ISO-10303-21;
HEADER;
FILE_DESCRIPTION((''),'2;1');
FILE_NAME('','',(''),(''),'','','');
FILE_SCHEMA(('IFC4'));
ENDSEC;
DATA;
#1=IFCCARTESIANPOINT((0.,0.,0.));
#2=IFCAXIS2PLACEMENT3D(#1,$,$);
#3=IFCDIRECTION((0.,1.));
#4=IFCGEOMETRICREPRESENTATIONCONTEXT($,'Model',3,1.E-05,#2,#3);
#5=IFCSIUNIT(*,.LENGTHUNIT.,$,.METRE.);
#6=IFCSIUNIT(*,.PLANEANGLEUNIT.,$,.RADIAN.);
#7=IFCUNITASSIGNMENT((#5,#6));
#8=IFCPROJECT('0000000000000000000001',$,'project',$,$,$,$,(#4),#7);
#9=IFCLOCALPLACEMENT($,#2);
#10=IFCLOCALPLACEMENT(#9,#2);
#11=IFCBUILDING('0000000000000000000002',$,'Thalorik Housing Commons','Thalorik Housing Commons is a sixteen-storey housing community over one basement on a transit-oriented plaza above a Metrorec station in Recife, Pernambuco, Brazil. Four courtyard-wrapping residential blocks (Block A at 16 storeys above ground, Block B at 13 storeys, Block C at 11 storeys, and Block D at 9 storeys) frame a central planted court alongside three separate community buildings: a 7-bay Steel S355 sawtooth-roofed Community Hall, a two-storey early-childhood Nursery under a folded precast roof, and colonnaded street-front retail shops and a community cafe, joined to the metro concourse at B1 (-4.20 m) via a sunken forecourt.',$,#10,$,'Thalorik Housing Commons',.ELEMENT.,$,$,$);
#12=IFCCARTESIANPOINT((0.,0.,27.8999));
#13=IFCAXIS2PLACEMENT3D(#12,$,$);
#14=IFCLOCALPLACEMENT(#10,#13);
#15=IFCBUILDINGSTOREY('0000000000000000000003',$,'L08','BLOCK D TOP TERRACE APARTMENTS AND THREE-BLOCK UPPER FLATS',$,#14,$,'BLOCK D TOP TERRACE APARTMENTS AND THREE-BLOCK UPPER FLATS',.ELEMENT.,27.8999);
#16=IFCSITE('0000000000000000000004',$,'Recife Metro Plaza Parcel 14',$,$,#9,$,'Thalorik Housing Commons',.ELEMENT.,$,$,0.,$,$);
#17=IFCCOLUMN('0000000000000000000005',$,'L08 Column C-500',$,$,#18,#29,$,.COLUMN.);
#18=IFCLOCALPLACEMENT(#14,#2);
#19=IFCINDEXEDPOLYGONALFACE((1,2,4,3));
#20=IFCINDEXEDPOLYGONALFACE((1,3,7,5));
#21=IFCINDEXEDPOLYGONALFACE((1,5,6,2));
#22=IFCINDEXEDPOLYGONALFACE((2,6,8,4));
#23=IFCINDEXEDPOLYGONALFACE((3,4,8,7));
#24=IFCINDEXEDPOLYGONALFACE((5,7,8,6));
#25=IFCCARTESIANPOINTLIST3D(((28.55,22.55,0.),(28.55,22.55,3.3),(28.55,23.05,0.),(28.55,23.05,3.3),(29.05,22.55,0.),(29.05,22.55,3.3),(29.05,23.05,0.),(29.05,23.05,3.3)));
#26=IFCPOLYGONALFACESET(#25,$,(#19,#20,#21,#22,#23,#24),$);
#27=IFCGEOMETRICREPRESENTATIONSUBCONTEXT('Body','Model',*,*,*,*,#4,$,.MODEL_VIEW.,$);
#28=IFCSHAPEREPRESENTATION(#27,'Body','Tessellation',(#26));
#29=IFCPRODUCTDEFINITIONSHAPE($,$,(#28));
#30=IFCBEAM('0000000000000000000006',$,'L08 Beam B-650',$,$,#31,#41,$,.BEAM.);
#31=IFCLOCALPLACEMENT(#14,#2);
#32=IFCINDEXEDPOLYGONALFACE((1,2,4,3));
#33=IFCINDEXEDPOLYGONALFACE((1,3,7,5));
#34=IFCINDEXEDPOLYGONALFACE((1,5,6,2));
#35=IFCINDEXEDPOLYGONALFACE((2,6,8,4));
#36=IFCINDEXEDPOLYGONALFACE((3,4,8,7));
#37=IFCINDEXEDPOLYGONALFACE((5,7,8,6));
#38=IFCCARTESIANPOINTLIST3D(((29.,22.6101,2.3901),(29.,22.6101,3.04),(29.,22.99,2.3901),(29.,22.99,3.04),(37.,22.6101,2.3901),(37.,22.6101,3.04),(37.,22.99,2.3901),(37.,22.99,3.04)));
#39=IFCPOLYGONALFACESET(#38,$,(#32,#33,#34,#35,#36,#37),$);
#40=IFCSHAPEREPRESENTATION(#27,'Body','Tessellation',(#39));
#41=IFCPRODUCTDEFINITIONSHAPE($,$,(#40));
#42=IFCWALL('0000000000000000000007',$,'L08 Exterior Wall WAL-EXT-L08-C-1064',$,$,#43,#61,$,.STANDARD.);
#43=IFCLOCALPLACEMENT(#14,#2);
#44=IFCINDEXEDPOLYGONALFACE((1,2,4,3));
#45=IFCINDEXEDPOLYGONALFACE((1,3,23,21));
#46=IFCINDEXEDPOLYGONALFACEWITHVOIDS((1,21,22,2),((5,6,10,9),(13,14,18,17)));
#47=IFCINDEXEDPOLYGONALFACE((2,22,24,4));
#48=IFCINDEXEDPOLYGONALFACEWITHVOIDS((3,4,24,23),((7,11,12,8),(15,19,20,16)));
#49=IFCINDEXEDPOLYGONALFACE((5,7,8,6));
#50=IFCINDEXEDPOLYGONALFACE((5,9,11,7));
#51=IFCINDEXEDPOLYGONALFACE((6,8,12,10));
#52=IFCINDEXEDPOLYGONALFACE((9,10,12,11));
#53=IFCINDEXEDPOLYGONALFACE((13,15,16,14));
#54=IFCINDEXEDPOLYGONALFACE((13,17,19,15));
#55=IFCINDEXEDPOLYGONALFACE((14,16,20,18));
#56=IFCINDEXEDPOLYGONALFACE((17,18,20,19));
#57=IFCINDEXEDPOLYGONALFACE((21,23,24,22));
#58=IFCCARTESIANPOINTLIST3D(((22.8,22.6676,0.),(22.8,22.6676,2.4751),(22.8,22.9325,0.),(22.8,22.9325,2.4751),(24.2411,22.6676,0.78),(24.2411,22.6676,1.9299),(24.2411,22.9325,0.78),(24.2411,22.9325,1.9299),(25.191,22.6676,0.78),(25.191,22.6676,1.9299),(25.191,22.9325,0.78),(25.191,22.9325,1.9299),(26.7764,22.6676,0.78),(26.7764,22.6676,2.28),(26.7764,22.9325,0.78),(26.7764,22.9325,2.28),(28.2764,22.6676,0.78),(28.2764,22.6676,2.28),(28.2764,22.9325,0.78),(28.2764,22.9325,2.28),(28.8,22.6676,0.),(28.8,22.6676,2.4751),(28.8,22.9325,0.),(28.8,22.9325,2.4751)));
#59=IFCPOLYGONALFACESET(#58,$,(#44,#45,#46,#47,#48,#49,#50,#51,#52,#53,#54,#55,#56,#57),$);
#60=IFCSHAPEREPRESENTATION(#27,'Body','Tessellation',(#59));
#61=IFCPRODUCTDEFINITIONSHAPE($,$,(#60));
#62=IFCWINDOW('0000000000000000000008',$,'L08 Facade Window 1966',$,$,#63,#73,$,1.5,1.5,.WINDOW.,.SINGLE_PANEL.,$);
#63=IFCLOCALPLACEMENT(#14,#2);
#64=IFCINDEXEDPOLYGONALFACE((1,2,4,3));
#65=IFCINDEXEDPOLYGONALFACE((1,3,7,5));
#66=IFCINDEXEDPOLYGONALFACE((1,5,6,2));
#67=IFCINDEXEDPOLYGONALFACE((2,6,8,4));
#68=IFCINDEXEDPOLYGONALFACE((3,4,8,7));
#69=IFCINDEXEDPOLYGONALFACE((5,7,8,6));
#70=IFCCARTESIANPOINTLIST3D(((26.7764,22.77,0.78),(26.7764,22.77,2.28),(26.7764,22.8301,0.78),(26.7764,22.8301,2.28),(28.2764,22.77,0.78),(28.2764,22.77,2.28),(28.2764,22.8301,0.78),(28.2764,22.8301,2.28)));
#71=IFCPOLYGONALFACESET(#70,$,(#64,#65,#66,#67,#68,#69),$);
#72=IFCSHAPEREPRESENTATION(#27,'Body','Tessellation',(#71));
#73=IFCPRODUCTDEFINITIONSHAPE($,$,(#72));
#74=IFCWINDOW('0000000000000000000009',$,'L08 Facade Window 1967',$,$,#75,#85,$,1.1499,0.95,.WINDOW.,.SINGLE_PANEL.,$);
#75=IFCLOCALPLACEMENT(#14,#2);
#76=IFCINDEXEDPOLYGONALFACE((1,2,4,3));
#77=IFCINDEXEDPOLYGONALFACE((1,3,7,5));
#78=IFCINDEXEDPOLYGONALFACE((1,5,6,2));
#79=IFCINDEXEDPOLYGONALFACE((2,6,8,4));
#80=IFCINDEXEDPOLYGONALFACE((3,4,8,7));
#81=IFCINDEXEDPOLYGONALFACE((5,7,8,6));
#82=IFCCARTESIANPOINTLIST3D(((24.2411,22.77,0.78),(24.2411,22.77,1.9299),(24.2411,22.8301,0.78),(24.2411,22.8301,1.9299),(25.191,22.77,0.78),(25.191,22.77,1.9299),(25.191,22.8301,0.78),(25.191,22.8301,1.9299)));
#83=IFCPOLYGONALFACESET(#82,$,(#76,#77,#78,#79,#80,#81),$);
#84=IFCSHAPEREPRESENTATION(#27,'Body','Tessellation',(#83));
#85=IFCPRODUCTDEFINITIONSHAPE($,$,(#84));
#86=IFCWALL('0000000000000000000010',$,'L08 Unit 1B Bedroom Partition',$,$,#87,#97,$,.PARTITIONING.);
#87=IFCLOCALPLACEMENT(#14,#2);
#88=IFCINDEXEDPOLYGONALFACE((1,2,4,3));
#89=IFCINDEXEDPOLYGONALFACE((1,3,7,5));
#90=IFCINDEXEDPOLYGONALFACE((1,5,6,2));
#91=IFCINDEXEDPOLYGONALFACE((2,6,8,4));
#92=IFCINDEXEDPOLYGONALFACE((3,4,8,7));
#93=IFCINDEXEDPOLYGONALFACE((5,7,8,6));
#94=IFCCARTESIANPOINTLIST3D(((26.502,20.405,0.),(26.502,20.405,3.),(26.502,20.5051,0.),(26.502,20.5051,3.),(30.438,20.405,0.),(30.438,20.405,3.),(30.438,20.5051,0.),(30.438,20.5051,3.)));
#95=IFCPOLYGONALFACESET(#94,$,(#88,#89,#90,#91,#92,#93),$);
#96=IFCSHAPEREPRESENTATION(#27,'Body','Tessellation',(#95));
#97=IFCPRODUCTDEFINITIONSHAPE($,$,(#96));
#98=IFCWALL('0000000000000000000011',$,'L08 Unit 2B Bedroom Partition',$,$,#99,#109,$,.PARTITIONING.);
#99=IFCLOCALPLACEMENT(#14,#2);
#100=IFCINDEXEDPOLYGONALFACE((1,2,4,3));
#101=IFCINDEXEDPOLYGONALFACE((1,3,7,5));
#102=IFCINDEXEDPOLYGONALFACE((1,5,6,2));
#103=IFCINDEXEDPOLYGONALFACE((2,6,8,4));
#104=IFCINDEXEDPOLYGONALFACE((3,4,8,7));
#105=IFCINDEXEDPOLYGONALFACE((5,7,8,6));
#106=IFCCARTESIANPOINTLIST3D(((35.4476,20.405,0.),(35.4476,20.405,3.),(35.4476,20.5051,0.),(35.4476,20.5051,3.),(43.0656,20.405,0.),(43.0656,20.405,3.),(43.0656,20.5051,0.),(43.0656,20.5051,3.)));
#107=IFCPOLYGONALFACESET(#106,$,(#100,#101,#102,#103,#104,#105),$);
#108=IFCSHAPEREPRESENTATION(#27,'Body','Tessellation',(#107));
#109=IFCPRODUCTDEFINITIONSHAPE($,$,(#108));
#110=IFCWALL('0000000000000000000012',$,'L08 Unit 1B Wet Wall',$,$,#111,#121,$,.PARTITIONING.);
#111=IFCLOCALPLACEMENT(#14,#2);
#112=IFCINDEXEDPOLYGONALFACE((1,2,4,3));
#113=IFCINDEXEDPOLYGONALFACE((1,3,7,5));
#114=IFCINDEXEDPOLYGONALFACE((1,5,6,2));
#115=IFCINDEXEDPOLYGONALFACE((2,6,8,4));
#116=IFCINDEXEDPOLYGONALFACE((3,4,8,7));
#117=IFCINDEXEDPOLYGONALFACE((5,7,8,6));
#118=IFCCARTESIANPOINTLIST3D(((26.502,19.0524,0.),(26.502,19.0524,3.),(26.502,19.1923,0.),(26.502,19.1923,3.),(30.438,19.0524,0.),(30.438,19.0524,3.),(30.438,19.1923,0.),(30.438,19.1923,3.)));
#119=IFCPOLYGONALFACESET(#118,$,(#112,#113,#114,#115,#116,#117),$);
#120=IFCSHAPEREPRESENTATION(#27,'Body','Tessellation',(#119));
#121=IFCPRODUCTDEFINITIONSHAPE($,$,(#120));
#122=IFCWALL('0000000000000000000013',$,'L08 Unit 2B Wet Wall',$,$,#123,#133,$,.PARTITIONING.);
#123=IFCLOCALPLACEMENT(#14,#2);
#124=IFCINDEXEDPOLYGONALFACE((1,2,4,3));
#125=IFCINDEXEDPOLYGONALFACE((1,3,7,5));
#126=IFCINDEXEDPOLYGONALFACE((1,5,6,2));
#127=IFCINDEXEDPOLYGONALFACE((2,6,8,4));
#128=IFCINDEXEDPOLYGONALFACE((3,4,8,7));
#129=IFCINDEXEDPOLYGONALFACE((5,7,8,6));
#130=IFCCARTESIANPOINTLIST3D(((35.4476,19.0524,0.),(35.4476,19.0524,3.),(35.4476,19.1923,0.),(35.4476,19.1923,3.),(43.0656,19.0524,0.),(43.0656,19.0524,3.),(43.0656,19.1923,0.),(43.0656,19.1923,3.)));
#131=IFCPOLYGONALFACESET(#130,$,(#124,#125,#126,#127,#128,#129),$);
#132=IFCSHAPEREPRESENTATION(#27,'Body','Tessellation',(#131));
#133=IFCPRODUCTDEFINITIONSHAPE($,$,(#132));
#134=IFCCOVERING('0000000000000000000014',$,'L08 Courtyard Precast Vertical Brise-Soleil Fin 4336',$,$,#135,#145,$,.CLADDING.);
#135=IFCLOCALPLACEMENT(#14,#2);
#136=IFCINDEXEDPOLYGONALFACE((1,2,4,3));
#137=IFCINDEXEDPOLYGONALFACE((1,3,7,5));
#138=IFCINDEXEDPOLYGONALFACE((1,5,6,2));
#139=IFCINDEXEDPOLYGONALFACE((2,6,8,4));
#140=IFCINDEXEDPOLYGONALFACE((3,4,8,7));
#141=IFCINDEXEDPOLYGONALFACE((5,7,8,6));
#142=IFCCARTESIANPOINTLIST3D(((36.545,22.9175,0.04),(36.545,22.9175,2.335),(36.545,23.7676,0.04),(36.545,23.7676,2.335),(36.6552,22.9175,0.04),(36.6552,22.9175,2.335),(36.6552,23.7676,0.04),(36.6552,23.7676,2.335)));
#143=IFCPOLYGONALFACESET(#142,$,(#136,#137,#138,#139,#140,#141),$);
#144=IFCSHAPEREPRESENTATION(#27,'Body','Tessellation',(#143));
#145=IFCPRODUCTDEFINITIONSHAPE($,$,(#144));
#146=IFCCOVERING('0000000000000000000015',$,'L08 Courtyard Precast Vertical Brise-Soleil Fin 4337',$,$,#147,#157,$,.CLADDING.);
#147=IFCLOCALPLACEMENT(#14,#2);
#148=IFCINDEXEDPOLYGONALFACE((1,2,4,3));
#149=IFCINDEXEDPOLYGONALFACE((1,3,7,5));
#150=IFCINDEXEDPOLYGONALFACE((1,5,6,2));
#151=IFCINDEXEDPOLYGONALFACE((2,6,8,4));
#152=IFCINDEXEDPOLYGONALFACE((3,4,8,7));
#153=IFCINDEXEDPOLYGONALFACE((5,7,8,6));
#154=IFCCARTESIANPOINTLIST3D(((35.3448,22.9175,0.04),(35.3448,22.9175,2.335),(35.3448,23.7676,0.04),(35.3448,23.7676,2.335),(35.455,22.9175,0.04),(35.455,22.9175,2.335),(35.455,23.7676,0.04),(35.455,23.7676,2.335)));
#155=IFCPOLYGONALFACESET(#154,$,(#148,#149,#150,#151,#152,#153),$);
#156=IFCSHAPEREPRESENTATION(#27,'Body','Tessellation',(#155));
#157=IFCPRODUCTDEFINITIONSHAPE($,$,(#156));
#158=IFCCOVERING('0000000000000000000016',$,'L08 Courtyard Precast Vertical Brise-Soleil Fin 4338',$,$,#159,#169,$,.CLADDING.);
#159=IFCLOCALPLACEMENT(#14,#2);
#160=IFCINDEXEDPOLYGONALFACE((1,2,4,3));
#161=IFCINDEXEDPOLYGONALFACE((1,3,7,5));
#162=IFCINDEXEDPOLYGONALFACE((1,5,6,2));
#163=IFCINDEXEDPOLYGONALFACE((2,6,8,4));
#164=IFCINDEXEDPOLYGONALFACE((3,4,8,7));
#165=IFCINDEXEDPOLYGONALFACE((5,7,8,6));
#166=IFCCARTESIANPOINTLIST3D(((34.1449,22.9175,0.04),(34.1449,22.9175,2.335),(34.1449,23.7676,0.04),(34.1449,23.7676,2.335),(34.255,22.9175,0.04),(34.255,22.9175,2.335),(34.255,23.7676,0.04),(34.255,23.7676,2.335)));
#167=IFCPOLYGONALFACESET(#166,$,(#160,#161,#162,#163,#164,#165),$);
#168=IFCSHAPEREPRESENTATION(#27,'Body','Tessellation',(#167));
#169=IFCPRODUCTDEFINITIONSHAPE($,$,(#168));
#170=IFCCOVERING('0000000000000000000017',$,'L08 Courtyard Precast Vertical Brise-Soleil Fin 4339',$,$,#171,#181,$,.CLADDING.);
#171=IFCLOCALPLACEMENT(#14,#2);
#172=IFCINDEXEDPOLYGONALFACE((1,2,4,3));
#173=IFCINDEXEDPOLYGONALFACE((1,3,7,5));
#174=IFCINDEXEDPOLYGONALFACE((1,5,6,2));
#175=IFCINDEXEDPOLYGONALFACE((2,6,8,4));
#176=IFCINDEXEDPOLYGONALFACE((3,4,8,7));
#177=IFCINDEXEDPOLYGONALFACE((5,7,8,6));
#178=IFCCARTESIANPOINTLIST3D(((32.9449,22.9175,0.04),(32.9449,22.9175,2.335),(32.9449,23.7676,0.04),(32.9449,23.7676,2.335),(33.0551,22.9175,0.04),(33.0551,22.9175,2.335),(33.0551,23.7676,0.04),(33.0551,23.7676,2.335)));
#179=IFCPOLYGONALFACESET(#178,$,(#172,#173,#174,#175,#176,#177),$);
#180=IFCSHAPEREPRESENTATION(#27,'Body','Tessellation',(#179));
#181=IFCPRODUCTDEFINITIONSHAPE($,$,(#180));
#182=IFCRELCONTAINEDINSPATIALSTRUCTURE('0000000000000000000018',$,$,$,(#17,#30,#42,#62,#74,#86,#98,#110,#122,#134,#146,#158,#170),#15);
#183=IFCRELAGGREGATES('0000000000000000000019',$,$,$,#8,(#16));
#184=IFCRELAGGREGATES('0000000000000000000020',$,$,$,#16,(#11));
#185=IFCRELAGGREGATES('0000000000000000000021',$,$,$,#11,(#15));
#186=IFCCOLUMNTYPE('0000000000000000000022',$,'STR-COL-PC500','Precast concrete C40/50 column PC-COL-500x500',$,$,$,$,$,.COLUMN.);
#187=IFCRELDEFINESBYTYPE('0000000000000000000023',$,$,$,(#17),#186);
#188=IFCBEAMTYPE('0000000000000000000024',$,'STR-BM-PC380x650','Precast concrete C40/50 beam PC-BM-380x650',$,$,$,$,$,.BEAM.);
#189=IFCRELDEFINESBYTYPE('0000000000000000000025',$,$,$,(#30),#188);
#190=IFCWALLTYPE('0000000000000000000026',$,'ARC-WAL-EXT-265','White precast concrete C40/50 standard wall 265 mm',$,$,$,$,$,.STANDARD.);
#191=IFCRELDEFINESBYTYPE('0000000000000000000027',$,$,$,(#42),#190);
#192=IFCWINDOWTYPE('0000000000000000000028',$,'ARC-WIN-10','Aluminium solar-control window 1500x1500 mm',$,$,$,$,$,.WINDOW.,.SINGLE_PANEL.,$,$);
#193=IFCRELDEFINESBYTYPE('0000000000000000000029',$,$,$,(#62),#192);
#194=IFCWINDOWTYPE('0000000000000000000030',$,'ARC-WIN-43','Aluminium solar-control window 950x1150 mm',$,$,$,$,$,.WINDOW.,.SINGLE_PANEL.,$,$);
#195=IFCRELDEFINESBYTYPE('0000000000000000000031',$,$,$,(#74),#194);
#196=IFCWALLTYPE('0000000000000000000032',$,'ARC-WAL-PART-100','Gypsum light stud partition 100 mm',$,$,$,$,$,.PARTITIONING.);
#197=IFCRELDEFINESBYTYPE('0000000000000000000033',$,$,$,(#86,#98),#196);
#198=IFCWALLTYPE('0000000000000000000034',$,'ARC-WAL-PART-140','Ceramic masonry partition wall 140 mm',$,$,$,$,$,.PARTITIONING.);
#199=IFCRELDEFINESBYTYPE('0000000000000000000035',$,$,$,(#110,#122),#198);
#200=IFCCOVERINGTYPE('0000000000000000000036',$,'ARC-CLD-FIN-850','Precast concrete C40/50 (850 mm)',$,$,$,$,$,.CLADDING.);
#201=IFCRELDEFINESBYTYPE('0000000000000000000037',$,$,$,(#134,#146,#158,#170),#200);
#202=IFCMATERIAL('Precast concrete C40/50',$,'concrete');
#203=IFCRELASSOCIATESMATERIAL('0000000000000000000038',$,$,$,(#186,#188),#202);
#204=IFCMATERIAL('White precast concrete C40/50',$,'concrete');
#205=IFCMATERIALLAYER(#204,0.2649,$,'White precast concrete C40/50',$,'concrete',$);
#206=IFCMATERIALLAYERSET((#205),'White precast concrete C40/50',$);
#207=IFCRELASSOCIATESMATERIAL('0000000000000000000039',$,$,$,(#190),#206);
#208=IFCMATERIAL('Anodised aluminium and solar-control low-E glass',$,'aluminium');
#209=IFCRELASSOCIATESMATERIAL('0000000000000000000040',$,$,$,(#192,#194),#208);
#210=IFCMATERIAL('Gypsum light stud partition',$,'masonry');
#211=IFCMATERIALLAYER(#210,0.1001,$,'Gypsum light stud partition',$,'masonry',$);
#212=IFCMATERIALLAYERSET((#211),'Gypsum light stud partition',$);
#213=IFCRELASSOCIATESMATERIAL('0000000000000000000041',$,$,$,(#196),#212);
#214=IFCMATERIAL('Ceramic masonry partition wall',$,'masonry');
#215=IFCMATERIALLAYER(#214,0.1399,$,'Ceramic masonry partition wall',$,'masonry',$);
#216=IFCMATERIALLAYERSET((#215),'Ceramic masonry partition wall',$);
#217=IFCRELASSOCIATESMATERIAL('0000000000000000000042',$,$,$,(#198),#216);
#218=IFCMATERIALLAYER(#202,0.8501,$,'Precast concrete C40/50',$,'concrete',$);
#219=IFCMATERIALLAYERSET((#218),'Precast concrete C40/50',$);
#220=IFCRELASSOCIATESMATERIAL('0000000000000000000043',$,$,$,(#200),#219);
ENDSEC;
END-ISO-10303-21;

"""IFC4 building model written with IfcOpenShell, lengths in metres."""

from ifc_helpers import new_model, si_unit, direction, frame, frame_2d, origin, origin_2d, place, context, subcontext, project, spatial, rectangle, extrude, material, layer, layer_set, material_profile, profile_set, type_object, element, fill, save


model = new_model("IFC4")

# Units and contexts
model_context = context("Model", 3, precision=1e-05, world=origin(), true_north=direction((0.0, 1.0)))
body_context = subcontext(model_context, "Body", "Model", "MODEL_VIEW")
ifc_project = project(units=[si_unit("LENGTHUNIT", "METRE"), si_unit("PLANEANGLEUNIT", "RADIAN")], contexts=[model_context])

# Site, building, storey
site_placement = place(None, origin())
site = spatial("IfcSite", under=ifc_project, at=site_placement, Name="Recife Metro Plaza Parcel 14", LongName="Thalorik Housing Commons", CompositionType="ELEMENT", RefElevation=0.0)
building_placement = place(site_placement, origin())
building = spatial("IfcBuilding", under=site, at=building_placement, Name="Thalorik Housing Commons", Description="Thalorik Housing Commons is a sixteen-storey housing community over one basement on a transit-oriented plaza above a Metrorec station in Recife, Pernambuco, Brazil. Four courtyard-wrapping residential blocks (Block A at 16 storeys above ground, Block B at 13 storeys, Block C at 11 storeys, and Block D at 9 storeys) frame a central planted court alongside three separate community buildings: a 7-bay Steel S355 sawtooth-roofed Community Hall, a two-storey early-childhood Nursery under a folded precast roof, and colonnaded street-front retail shops and a community cafe, joined to the metro concourse at B1 (-4.20 m) via a sunken forecourt.", LongName="Thalorik Housing Commons", CompositionType="ELEMENT")
storey_placement = place(building_placement, frame((0.0, 0.0, 27.8999)))
storey = spatial("IfcBuildingStorey", under=building, at=storey_placement, Name="L08", Description="BLOCK D TOP TERRACE APARTMENTS AND THREE-BLOCK UPPER FLATS", LongName="BLOCK D TOP TERRACE APARTMENTS AND THREE-BLOCK UPPER FLATS", CompositionType="ELEMENT", Elevation=27.8999)

# Column
ifc_material_1 = material(Name="Precast concrete C40/50", Category="concrete")
ifc_material_profile_1 = material_profile(ifc_material_1, rectangle(XDim=0.5, YDim=0.5, at=origin_2d()), Name="PC 500x500", Category="concrete")
ifc_profile_set_1 = profile_set([ifc_material_profile_1], Name="Precast concrete C40/50")
column_type = type_object("IfcColumnType", Name="STR-COL-PC500", Description="Precast concrete C40/50 column PC-COL-500x500", PredefinedType="COLUMN", material=ifc_profile_set_1)
column_placement = place(storey_placement, frame((28.8, 22.8, 0.0), z_axis=(0.0, 0.0, 1.0), x_axis=(1.0, 0.0, 0.0)))
element("IfcColumn", 1, at=column_placement, inside=storey, type_object=column_type, Name="L08 Column C-500", PredefinedType="COLUMN", context=body_context, shape_type="SweptSolid", body=[
    extrude(rectangle(XDim=0.5, YDim=0.5, at=origin_2d()), origin(), (0.0, 0.0, 1.0), 3.3),
])

# Beam
ifc_material_profile_2 = material_profile(ifc_material_1, rectangle(XDim=0.3799, YDim=0.6499, at=origin_2d()), Name="PC 380x650", Category="concrete")
ifc_profile_set_2 = profile_set([ifc_material_profile_2], Name="Precast concrete C40/50")
beam_type = type_object("IfcBeamType", Name="STR-BM-PC380x650", Description="Precast concrete C40/50 beam PC-BM-380x650", PredefinedType="BEAM", material=ifc_profile_set_2)
beam_placement = place(storey_placement, frame((29.0, 22.8, 2.7151), z_axis=(1.0, 0.0, 0.0), x_axis=(0.0, 1.0, 0.0)))
element("IfcBeam", 2, at=beam_placement, inside=storey, type_object=beam_type, Name="L08 Beam B-650", PredefinedType="BEAM", context=body_context, shape_type="SweptSolid", body=[
    extrude(rectangle(XDim=0.3799, YDim=0.6499, at=origin_2d()), origin(), (0.0, 0.0, 1.0), 8.0),
])

# Wall, openings, windows
ifc_material_2 = material(Name="White precast concrete C40/50", Category="concrete")
ifc_layer_1 = layer(ifc_material_2, 0.2649, Name="White precast concrete C40/50", Category="concrete")
ifc_layer_set_1 = layer_set([ifc_layer_1], Name="White precast concrete C40/50")
wall_type_1 = type_object("IfcWallType", Name="ARC-WAL-EXT-265", Description="White precast concrete C40/50 standard wall 265 mm", PredefinedType="STANDARD", material=ifc_layer_set_1)
wall_1_placement = place(storey_placement, frame((28.8, 22.8, 0.0), z_axis=(0.0, 0.0, 1.0), x_axis=(-1.0, 0.0, 0.0)))
wall_1 = element("IfcWall", 3, at=wall_1_placement, inside=storey, type_object=wall_type_1, Name="L08 Exterior Wall WAL-EXT-L08-C-1064", PredefinedType="STANDARD", context=body_context, shape_type="SweptSolid", body=[
    extrude(rectangle(XDim=6.0, YDim=0.2649, at=frame_2d((3.0, 0.0))), origin(), (0.0, 0.0, 1.0), 2.4751),
])
opening_1_placement = place(wall_1_placement, frame((0.5237, 0.0, 0.78)))
opening_1 = element("IfcOpeningElement", 4, at=opening_1_placement, cuts=wall_1, PredefinedType="OPENING", context=body_context, shape_type="SweptSolid", body=[
    extrude(rectangle(XDim=1.5, YDim=1.5, at=frame_2d((0.75, 0.75))), frame((0.0, 0.1426, 0.0), z_axis=(0.0, -1.0, 0.0), x_axis=(1.0, 0.0, 0.0)), (0.0, 0.0, 1.0), 0.2849),
])
opening_2_placement = place(wall_1_placement, frame((3.6089, 0.0, 0.78)))
opening_2 = element("IfcOpeningElement", 5, at=opening_2_placement, cuts=wall_1, PredefinedType="OPENING", context=body_context, shape_type="SweptSolid", body=[
    extrude(rectangle(XDim=0.95, YDim=1.1499, at=frame_2d((0.4751, 0.575))), frame((0.0, 0.1426, 0.0), z_axis=(0.0, -1.0, 0.0), x_axis=(1.0, 0.0, 0.0)), (0.0, 0.0, 1.0), 0.2849),
])
ifc_material_3 = material(Name="Anodised aluminium and solar-control low-E glass", Category="aluminium")
window_type_1 = type_object("IfcWindowType", Name="ARC-WIN-10", Description="Aluminium solar-control window 1500x1500 mm", PartitioningType="SINGLE_PANEL", PredefinedType="WINDOW", material=ifc_material_3)
window_1_placement = place(opening_1_placement, origin())
window_1 = element("IfcWindow", 6, at=window_1_placement, inside=storey, type_object=window_type_1, Name="L08 Facade Window 1966", OverallHeight=1.5, OverallWidth=1.5, PartitioningType="SINGLE_PANEL", PredefinedType="WINDOW", context=body_context, shape_type="SweptSolid", body=[
    extrude(rectangle(XDim=1.5, YDim=1.5, at=frame_2d((0.75, 0.75))), frame((0.0, 0.03, 0.0), z_axis=(0.0, -1.0, 0.0), x_axis=(1.0, 0.0, 0.0)), (0.0, 0.0, 1.0), 0.0601),
])
fill(opening_1, window_1)
window_type_2 = type_object("IfcWindowType", Name="ARC-WIN-43", Description="Aluminium solar-control window 950x1150 mm", PartitioningType="SINGLE_PANEL", PredefinedType="WINDOW", material=ifc_material_3)
window_2_placement = place(opening_2_placement, origin())
window_2 = element("IfcWindow", 7, at=window_2_placement, inside=storey, type_object=window_type_2, Name="L08 Facade Window 1967", OverallHeight=1.1499, OverallWidth=0.95, PartitioningType="SINGLE_PANEL", PredefinedType="WINDOW", context=body_context, shape_type="SweptSolid", body=[
    extrude(rectangle(XDim=0.95, YDim=1.1499, at=frame_2d((0.4751, 0.575))), frame((0.0, 0.03, 0.0), z_axis=(0.0, -1.0, 0.0), x_axis=(1.0, 0.0, 0.0)), (0.0, 0.0, 1.0), 0.0601),
])
fill(opening_2, window_2)

# Walls
ifc_material_4 = material(Name="Gypsum light stud partition", Category="masonry")
ifc_layer_2 = layer(ifc_material_4, 0.1001, Name="Gypsum light stud partition", Category="masonry")
ifc_layer_set_2 = layer_set([ifc_layer_2], Name="Gypsum light stud partition")
wall_type_2 = type_object("IfcWallType", Name="ARC-WAL-PART-100", Description="Gypsum light stud partition 100 mm", PredefinedType="PARTITIONING", material=ifc_layer_set_2)
wall_2_placement = place(storey_placement, frame((26.502, 20.4551, 0.0), z_axis=(0.0, 0.0, 1.0), x_axis=(1.0, 0.0, 0.0)))
element("IfcWall", 8, at=wall_2_placement, inside=storey, type_object=wall_type_2, Name="L08 Unit 1B Bedroom Partition", PredefinedType="PARTITIONING", context=body_context, shape_type="SweptSolid", body=[
    extrude(rectangle(XDim=3.936, YDim=0.1001, at=frame_2d((1.968, 0.0))), origin(), (0.0, 0.0, 1.0), 3.0),
])
wall_3_placement = place(storey_placement, frame((35.4475, 20.4551, 0.0), z_axis=(0.0, 0.0, 1.0), x_axis=(1.0, 0.0, 0.0)))
element("IfcWall", 9, at=wall_3_placement, inside=storey, type_object=wall_type_2, Name="L08 Unit 2B Bedroom Partition", PredefinedType="PARTITIONING", context=body_context, shape_type="SweptSolid", body=[
    extrude(rectangle(XDim=7.6179, YDim=0.1001, at=frame_2d((3.8091, 0.0))), origin(), (0.0, 0.0, 1.0), 3.0),
])
ifc_material_5 = material(Name="Ceramic masonry partition wall", Category="masonry")
ifc_layer_3 = layer(ifc_material_5, 0.1399, Name="Ceramic masonry partition wall", Category="masonry")
ifc_layer_set_3 = layer_set([ifc_layer_3], Name="Ceramic masonry partition wall")
wall_type_3 = type_object("IfcWallType", Name="ARC-WAL-PART-140", Description="Ceramic masonry partition wall 140 mm", PredefinedType="PARTITIONING", material=ifc_layer_set_3)
wall_4_placement = place(storey_placement, frame((26.502, 19.1223, 0.0), z_axis=(0.0, 0.0, 1.0), x_axis=(1.0, 0.0, 0.0)))
element("IfcWall", 10, at=wall_4_placement, inside=storey, type_object=wall_type_3, Name="L08 Unit 1B Wet Wall", PredefinedType="PARTITIONING", context=body_context, shape_type="SweptSolid", body=[
    extrude(rectangle(XDim=3.936, YDim=0.1399, at=frame_2d((1.968, 0.0))), origin(), (0.0, 0.0, 1.0), 3.0),
])
wall_5_placement = place(storey_placement, frame((35.4475, 19.1223, 0.0), z_axis=(0.0, 0.0, 1.0), x_axis=(1.0, 0.0, 0.0)))
element("IfcWall", 11, at=wall_5_placement, inside=storey, type_object=wall_type_3, Name="L08 Unit 2B Wet Wall", PredefinedType="PARTITIONING", context=body_context, shape_type="SweptSolid", body=[
    extrude(rectangle(XDim=7.6179, YDim=0.1399, at=frame_2d((3.8091, 0.0))), origin(), (0.0, 0.0, 1.0), 3.0),
])

# Coverings
ifc_layer_4 = layer(ifc_material_1, 0.8501, Name="Precast concrete C40/50", Category="concrete")
ifc_layer_set_4 = layer_set([ifc_layer_4], Name="Precast concrete C40/50")
covering_type_1 = type_object("IfcCoveringType", Name="ARC-CLD-FIN-850", Description="Precast concrete C40/50 (850 mm)", PredefinedType="CLADDING", material=ifc_layer_set_4)
for number, where, z_axis, x_axis, name in (
    (12, (36.6001, 23.3425, 0.04), (0.0, 0.0, 1.0), (-1.0, 0.0, 0.0), "L08 Courtyard Precast Vertical Brise-Soleil Fin 4336"),
    (13, (35.3999, 23.3425, 0.04), (0.0, 0.0, 1.0), (-1.0, 0.0, 0.0), "L08 Courtyard Precast Vertical Brise-Soleil Fin 4337"),
    (14, (34.2, 23.3425, 0.04), (0.0, 0.0, 1.0), (-1.0, 0.0, 0.0), "L08 Courtyard Precast Vertical Brise-Soleil Fin 4338"),
    (15, (33.0, 23.3425, 0.04), (0.0, 0.0, 1.0), (-1.0, 0.0, 0.0), "L08 Courtyard Precast Vertical Brise-Soleil Fin 4339"),
):
    element("IfcCovering", number, at=place(storey_placement, frame(where, z_axis=z_axis, x_axis=x_axis)), inside=storey, type_object=covering_type_1, Name=name, PredefinedType="CLADDING", context=body_context, shape_type="SweptSolid", body=[
        extrude(rectangle(XDim=0.1101, YDim=0.8501, at=origin_2d()), origin(), (0.0, 0.0, 1.0), 2.2949),
    ])

save(model, "model.ifc")
